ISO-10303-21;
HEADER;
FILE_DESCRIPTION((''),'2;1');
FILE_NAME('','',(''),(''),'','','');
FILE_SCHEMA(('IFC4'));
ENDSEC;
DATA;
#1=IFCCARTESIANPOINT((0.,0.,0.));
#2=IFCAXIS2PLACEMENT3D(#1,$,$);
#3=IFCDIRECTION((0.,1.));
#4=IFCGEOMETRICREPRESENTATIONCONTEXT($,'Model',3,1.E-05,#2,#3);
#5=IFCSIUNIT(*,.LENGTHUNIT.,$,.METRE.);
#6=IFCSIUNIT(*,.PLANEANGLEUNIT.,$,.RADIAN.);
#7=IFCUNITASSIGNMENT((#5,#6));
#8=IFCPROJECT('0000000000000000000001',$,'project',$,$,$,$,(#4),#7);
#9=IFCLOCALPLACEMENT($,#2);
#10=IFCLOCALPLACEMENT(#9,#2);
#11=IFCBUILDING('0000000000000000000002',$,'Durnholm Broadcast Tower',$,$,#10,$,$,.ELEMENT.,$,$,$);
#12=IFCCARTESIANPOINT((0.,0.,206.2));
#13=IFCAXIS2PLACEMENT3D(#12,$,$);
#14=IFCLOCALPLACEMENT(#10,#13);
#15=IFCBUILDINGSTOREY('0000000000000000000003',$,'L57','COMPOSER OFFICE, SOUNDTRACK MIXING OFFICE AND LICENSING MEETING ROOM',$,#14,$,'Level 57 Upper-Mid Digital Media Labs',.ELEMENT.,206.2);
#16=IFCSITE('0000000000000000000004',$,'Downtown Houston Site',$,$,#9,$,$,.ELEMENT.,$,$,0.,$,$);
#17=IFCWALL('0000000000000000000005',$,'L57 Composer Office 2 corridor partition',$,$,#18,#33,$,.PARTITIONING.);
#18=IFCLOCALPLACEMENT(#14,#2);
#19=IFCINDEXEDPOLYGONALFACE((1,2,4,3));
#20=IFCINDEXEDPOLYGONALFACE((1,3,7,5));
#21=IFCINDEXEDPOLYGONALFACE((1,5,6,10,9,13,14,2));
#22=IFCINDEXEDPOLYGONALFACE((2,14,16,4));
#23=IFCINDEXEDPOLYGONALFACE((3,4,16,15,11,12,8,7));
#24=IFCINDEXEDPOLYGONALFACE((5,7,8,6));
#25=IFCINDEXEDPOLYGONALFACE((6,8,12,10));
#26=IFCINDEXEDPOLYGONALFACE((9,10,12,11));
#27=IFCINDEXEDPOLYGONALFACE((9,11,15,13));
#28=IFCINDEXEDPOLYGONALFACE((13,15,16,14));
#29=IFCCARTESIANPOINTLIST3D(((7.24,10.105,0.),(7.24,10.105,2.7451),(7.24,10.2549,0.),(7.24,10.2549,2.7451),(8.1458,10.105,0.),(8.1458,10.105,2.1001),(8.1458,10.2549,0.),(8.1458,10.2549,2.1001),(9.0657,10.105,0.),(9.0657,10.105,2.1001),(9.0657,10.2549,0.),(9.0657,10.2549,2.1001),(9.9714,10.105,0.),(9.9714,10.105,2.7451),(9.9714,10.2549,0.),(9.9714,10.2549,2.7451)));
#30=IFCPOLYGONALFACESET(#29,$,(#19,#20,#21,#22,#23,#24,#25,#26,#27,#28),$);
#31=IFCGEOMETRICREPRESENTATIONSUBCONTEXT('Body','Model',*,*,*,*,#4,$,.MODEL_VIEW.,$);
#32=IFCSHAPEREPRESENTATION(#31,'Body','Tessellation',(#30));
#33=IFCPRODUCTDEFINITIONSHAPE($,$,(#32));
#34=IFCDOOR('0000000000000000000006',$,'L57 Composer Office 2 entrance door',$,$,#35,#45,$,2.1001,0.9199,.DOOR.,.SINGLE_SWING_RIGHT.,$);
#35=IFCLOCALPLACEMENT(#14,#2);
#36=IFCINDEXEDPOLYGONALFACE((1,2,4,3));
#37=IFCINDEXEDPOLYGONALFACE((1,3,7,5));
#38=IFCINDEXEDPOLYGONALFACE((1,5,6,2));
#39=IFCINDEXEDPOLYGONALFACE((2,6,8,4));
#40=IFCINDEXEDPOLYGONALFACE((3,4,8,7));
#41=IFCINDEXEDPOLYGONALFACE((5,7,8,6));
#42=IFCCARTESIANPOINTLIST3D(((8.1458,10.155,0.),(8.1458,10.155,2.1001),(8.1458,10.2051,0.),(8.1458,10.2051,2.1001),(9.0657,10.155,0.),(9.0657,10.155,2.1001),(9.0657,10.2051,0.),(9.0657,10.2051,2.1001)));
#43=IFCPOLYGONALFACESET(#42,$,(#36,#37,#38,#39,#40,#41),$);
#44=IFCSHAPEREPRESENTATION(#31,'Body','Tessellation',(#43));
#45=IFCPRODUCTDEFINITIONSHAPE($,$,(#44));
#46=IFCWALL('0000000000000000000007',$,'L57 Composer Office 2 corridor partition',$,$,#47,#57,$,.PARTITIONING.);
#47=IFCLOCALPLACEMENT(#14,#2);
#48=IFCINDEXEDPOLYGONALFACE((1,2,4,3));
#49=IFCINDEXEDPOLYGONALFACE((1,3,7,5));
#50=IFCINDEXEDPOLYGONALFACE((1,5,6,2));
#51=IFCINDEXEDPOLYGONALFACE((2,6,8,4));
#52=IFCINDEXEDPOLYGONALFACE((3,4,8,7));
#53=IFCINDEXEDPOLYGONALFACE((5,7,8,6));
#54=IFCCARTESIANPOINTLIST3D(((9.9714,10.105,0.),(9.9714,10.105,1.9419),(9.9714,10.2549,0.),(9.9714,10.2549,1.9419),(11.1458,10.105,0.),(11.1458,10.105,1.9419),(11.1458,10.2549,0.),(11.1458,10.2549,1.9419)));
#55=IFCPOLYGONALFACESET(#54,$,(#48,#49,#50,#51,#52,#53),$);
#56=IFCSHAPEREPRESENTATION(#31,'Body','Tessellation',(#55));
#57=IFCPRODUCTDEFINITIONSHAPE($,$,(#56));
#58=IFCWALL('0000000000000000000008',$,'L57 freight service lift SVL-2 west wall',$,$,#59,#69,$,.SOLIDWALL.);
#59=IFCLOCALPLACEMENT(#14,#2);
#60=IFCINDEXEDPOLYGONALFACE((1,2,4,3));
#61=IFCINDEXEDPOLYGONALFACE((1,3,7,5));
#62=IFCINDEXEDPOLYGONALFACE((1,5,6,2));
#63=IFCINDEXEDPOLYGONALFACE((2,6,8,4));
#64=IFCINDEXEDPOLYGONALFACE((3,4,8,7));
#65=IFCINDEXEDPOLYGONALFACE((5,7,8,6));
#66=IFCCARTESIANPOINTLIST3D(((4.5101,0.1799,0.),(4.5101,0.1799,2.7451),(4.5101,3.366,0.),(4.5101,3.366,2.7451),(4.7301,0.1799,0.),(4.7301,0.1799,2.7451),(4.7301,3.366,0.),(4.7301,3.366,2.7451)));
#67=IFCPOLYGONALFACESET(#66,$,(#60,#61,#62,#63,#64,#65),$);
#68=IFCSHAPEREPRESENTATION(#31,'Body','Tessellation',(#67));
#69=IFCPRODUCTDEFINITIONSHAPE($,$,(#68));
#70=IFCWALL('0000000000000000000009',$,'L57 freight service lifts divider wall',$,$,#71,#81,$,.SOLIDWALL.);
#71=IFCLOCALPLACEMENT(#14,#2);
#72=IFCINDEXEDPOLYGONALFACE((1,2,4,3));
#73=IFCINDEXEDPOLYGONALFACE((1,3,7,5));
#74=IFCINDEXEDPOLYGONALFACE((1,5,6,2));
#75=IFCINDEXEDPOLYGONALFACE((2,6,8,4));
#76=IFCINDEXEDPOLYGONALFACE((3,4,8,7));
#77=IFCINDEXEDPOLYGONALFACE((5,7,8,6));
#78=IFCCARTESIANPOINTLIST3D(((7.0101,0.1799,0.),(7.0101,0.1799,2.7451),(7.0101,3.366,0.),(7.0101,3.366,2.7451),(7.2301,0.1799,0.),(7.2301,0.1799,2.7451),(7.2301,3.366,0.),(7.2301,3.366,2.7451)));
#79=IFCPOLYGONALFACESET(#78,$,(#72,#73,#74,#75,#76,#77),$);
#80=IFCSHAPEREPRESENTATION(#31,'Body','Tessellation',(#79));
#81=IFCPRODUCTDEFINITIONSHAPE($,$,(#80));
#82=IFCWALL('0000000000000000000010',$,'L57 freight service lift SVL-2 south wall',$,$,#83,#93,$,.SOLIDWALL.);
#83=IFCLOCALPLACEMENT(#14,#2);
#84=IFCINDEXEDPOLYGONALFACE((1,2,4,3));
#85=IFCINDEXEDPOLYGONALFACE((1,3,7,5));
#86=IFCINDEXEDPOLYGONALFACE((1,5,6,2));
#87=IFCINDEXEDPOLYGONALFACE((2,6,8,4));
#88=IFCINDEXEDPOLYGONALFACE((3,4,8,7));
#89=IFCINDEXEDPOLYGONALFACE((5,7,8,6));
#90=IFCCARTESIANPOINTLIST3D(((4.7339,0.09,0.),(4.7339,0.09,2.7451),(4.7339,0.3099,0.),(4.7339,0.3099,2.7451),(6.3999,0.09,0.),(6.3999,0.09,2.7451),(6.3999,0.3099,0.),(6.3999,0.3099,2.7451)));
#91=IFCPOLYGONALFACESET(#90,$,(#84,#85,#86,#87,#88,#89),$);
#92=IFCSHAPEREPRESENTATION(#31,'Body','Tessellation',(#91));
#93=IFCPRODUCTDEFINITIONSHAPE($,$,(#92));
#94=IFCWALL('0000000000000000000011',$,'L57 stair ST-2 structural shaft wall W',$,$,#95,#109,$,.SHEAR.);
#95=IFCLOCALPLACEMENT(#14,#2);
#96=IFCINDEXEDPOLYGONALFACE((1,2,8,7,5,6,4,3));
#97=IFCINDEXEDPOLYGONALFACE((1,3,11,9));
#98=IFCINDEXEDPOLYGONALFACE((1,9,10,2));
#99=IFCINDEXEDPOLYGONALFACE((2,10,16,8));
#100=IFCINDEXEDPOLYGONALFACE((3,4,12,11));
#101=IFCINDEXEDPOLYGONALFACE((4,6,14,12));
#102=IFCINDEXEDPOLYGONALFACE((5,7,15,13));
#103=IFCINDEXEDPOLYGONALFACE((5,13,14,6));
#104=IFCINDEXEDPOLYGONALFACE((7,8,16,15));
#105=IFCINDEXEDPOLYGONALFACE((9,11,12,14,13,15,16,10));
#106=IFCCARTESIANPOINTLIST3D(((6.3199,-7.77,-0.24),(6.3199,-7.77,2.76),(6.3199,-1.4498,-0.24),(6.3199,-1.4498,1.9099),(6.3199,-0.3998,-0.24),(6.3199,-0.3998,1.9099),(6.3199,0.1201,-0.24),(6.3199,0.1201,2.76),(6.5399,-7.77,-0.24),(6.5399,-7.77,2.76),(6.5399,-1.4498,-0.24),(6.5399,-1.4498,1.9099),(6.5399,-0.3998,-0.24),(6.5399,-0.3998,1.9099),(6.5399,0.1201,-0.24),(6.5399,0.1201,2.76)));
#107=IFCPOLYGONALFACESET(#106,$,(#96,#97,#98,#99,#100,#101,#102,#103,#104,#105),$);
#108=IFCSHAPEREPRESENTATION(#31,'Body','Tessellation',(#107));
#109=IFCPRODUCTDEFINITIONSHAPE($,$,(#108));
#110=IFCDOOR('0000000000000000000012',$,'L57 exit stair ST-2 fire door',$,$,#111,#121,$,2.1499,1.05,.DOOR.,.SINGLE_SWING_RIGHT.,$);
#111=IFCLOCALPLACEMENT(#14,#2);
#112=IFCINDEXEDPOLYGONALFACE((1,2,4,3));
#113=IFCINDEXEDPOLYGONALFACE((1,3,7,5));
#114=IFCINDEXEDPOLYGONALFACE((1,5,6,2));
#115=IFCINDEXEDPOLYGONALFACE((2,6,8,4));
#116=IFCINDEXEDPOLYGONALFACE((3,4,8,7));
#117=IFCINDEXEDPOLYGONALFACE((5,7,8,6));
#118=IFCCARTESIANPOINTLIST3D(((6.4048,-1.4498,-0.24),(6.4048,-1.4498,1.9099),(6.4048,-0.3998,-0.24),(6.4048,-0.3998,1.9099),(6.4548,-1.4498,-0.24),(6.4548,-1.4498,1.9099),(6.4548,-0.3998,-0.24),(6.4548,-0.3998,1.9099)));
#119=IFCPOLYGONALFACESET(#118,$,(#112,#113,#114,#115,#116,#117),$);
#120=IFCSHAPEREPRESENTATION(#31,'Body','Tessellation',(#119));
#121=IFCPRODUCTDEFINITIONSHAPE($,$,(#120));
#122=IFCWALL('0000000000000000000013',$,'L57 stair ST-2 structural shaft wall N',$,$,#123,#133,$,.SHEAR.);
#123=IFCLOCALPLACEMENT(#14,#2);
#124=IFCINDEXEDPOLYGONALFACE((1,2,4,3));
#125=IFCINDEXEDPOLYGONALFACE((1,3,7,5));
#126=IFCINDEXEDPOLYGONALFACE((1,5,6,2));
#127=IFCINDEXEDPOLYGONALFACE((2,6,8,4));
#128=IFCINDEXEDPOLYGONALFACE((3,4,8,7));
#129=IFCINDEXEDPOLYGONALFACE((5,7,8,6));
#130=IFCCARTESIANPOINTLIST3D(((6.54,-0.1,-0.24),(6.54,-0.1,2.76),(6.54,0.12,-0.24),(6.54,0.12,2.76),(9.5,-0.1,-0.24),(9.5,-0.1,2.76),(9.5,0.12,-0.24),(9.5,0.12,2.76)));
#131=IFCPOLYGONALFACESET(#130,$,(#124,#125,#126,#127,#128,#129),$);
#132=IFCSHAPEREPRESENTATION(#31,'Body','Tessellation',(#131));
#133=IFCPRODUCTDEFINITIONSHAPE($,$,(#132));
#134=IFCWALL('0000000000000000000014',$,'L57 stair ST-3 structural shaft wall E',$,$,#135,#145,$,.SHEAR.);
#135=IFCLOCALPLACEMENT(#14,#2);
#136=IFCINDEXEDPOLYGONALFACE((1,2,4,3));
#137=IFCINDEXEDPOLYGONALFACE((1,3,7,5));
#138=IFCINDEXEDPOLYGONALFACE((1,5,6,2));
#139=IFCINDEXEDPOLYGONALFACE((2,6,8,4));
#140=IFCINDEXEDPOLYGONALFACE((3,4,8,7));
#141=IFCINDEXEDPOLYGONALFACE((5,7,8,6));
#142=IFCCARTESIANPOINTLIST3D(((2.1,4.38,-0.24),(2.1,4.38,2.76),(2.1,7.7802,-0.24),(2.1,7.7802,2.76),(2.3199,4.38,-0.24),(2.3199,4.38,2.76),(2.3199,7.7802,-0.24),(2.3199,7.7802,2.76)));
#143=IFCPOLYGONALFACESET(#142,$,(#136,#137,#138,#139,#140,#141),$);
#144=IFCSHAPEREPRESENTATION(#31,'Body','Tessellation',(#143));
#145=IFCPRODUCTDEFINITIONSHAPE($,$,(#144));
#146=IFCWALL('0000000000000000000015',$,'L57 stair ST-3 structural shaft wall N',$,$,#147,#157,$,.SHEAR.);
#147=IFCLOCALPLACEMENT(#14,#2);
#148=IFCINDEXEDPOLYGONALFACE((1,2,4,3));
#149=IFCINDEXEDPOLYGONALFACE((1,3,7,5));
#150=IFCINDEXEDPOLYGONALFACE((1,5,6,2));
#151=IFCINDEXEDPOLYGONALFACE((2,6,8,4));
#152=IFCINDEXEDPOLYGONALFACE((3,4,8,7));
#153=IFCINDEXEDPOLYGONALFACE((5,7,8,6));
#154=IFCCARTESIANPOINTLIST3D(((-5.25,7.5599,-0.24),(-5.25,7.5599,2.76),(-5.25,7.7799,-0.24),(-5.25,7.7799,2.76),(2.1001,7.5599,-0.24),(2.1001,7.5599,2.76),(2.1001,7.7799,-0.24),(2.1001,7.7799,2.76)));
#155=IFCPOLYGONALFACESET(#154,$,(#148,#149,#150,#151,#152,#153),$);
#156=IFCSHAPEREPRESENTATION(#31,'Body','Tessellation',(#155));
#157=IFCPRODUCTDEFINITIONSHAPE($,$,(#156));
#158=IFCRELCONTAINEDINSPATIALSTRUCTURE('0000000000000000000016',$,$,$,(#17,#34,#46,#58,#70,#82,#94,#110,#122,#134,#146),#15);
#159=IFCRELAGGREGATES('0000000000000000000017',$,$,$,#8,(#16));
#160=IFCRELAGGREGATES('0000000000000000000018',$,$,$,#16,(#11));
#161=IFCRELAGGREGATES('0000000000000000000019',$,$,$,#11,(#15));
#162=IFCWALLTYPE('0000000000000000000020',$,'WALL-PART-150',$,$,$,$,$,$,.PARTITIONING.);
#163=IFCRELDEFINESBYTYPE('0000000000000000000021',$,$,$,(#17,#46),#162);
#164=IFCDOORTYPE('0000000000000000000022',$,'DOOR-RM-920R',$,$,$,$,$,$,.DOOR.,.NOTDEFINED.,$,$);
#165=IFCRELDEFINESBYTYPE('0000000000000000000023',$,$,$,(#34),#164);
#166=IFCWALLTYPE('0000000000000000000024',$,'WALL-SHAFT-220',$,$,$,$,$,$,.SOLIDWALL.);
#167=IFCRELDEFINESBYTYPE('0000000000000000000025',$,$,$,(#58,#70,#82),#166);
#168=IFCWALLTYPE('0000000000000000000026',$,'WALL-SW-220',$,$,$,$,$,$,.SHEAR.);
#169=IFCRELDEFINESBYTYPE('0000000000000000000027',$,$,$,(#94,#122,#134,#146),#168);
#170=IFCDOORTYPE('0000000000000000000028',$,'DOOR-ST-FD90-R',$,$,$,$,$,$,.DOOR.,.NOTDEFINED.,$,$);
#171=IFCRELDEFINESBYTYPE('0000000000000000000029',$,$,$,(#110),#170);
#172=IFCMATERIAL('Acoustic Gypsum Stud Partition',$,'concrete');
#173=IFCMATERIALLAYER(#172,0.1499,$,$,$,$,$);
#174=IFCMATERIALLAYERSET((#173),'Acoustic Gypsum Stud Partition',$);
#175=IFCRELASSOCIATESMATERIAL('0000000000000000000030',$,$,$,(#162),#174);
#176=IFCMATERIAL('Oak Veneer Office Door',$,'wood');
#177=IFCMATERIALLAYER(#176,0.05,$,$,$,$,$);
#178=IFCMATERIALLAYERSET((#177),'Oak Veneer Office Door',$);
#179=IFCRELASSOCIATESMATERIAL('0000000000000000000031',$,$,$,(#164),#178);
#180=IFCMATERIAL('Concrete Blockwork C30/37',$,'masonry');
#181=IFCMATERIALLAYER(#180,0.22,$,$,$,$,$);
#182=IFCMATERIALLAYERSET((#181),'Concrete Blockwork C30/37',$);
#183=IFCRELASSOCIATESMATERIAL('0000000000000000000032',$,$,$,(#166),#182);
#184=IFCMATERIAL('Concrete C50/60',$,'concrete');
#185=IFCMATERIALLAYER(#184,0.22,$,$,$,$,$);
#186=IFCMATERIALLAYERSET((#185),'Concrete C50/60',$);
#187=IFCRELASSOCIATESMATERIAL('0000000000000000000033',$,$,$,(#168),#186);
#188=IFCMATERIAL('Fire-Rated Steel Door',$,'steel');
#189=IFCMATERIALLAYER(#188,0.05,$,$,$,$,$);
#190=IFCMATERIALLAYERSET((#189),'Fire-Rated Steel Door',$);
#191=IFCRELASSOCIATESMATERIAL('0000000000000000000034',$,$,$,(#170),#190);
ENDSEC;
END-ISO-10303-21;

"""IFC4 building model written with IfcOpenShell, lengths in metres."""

from ifc_helpers import new_model, si_unit, direction, frame, frame_2d, origin, place, context, subcontext, project, spatial, rectangle, extrude, source, transform, mapped, material, layer, layer_set, type_object, type_shapes, element, fill, save


model = new_model("IFC4")

# Units and contexts
model_context = context("Model", 3, precision=1e-05, world=origin(), true_north=direction((0.0, 1.0)))
body_context = subcontext(model_context, "Body", "Model", "MODEL_VIEW")
ifc_project = project(units=[si_unit("LENGTHUNIT", "METRE"), si_unit("PLANEANGLEUNIT", "RADIAN")], contexts=[model_context])

# Site, building, storey
site_placement = place(None, origin())
site = spatial("IfcSite", under=ifc_project, at=site_placement, Name="Downtown Houston Site", CompositionType="ELEMENT", RefElevation=0.0)
building_placement = place(site_placement, origin())
building = spatial("IfcBuilding", under=site, at=building_placement, Name="Durnholm Broadcast Tower", CompositionType="ELEMENT")
storey_placement = place(building_placement, frame((0.0, 0.0, 206.2)))
storey = spatial("IfcBuildingStorey", under=building, at=storey_placement, Name="L57", Description="COMPOSER OFFICE, SOUNDTRACK MIXING OFFICE AND LICENSING MEETING ROOM", LongName="Level 57 Upper-Mid Digital Media Labs", CompositionType="ELEMENT", Elevation=206.2)

# Shared definitions
ifc_material_1 = material(Name="Acoustic Gypsum Stud Partition", Category="concrete")
ifc_layer_1 = layer(ifc_material_1, 0.1499)
ifc_layer_set_1 = layer_set([ifc_layer_1], Name="Acoustic Gypsum Stud Partition")
wall_type_1 = type_object("IfcWallType", Name="WALL-PART-150", PredefinedType="PARTITIONING", material=ifc_layer_set_1)

# Wall, opening, door
wall_1_placement = place(storey_placement, frame((9.9714, 10.1799, 0.0), z_axis=(0.0, 0.0, 1.0), x_axis=(-1.0, 0.0, 0.0)))
wall_1 = element("IfcWall", 1, at=wall_1_placement, inside=storey, type_object=wall_type_1, Name="L57 Composer Office 2 corridor partition", PredefinedType="PARTITIONING", context=body_context, shape_type="SweptSolid", body=[
    extrude(rectangle(XDim=2.7314, YDim=0.1499, at=frame_2d((1.3657, 0.0))), origin(), (0.0, 0.0, 1.0), 2.7451),
])
opening_1_placement = place(wall_1_placement, frame((0.9058, 0.0, 0.0)))
opening_1 = element("IfcOpeningElement", 2, at=opening_1_placement, cuts=wall_1, PredefinedType="OPENING", context=body_context, shape_type="SweptSolid", body=[
    extrude(rectangle(XDim=0.9199, YDim=2.1001, at=frame_2d((0.46, 1.05))), frame((0.0, 0.085, 0.0), z_axis=(0.0, -1.0, 0.0), x_axis=(1.0, 0.0, 0.0)), (0.0, 0.0, 1.0), 0.1699),
])
ifc_material_2 = material(Name="Oak Veneer Office Door", Category="wood")
ifc_layer_2 = layer(ifc_material_2, 0.05)
ifc_layer_set_2 = layer_set([ifc_layer_2], Name="Oak Veneer Office Door")
door_type_1 = type_object("IfcDoorType", Name="DOOR-RM-920R", OperationType="NOTDEFINED", PredefinedType="DOOR", material=ifc_layer_set_2)
shared_shape_1 = source(origin(), body_context, "Body", "SweptSolid", [
    extrude(rectangle(XDim=0.9199, YDim=2.1001, at=frame_2d((0.46, 1.05))), frame((0.0, 0.0249, 0.0), z_axis=(0.0, -1.0, 0.0), x_axis=(1.0, 0.0, 0.0)), (0.0, 0.0, 1.0), 0.05),
])
type_shapes(door_type_1, [shared_shape_1])
door_1_placement = place(opening_1_placement, origin())
door_1 = element("IfcDoor", 3, at=door_1_placement, inside=storey, type_object=door_type_1, Name="L57 Composer Office 2 entrance door", OperationType="SINGLE_SWING_RIGHT", OverallHeight=2.1001, OverallWidth=0.9199, PredefinedType="DOOR", context=body_context, shape_type="MappedRepresentation", body=[
    mapped(shared_shape_1, transform((0.0, 0.0, 0.0), x_axis=(1.0, 0.0, 0.0), y_axis=(0.0, 1.0, 0.0), z_axis=(0.0, 0.0, 1.0), scale=1.0)),
])
fill(opening_1, door_1)

# Wall
wall_2_placement = place(storey_placement, frame((11.1458, 10.1799, 0.0), z_axis=(0.0, 0.0, 1.0), x_axis=(-1.0, 0.0, 0.0)))
element("IfcWall", 4, at=wall_2_placement, inside=storey, type_object=wall_type_1, Name="L57 Composer Office 2 corridor partition", PredefinedType="PARTITIONING", context=body_context, shape_type="SweptSolid", body=[
    extrude(rectangle(XDim=1.1743, YDim=0.1499, at=frame_2d((0.5872, 0.0))), origin(), (0.0, 0.0, 1.0), 1.9419),
])

# Shared definitions
ifc_material_3 = material(Name="Concrete Blockwork C30/37", Category="masonry")
ifc_layer_3 = layer(ifc_material_3, 0.22)
ifc_layer_set_3 = layer_set([ifc_layer_3], Name="Concrete Blockwork C30/37")
wall_type_2 = type_object("IfcWallType", Name="WALL-SHAFT-220", PredefinedType="SOLIDWALL", material=ifc_layer_set_3)

# Walls
for number, where, z_axis, x_axis, name in (
    (5, (4.6201, 0.1799, 0.0), (0.0, 0.0, 1.0), (0.0, 1.0, 0.0), "L57 freight service lift SVL-2 west wall"),
    (6, (7.1201, 0.1799, 0.0), (0.0, 0.0, 1.0), (0.0, 1.0, 0.0), "L57 freight service lifts divider wall"),
):
    element("IfcWall", number, at=place(storey_placement, frame(where, z_axis=z_axis, x_axis=x_axis)), inside=storey, type_object=wall_type_2, Name=name, PredefinedType="SOLIDWALL", context=body_context, shape_type="SweptSolid", body=[
        extrude(rectangle(XDim=3.186, YDim=0.22, at=frame_2d((1.593, 0.0))), origin(), (0.0, 0.0, 1.0), 2.7451),
    ])
wall_3_placement = place(storey_placement, frame((4.7339, 0.2, 0.0), z_axis=(0.0, 0.0, 1.0), x_axis=(1.0, 0.0, 0.0)))
element("IfcWall", 7, at=wall_3_placement, inside=storey, type_object=wall_type_2, Name="L57 freight service lift SVL-2 south wall", PredefinedType="SOLIDWALL", context=body_context, shape_type="SweptSolid", body=[
    extrude(rectangle(XDim=1.666, YDim=0.22, at=frame_2d((0.833, 0.0))), origin(), (0.0, 0.0, 1.0), 2.7451),
])

# Wall, opening, door
ifc_material_4 = material(Name="Concrete C50/60", Category="concrete")
ifc_layer_4 = layer(ifc_material_4, 0.22)
ifc_layer_set_4 = layer_set([ifc_layer_4], Name="Concrete C50/60")
wall_type_3 = type_object("IfcWallType", Name="WALL-SW-220", PredefinedType="SHEAR", material=ifc_layer_set_4)
wall_4_placement = place(storey_placement, frame((6.4299, 0.1201, -0.24), z_axis=(0.0, 0.0, 1.0), x_axis=(0.0, -1.0, 0.0)))
wall_4 = element("IfcWall", 8, at=wall_4_placement, inside=storey, type_object=wall_type_3, Name="L57 stair ST-2 structural shaft wall W", PredefinedType="SHEAR", context=body_context, shape_type="SweptSolid", body=[
    extrude(rectangle(XDim=7.8901, YDim=0.22, at=frame_2d((3.9451, 0.0))), origin(), (0.0, 0.0, 1.0), 3.0),
])
opening_2_placement = place(wall_4_placement, frame((0.52, 0.0, 0.0)))
opening_2 = element("IfcOpeningElement", 9, at=opening_2_placement, cuts=wall_4, PredefinedType="OPENING", context=body_context, shape_type="SweptSolid", body=[
    extrude(rectangle(XDim=1.05, YDim=2.1499, at=frame_2d((0.5249, 1.075))), frame((0.0, 0.1201, 0.0), z_axis=(0.0, -1.0, 0.0), x_axis=(1.0, 0.0, 0.0)), (0.0, 0.0, 1.0), 0.24),
])
ifc_material_5 = material(Name="Fire-Rated Steel Door", Category="steel")
ifc_layer_5 = layer(ifc_material_5, 0.05)
ifc_layer_set_5 = layer_set([ifc_layer_5], Name="Fire-Rated Steel Door")
door_type_2 = type_object("IfcDoorType", Name="DOOR-ST-FD90-R", OperationType="NOTDEFINED", PredefinedType="DOOR", material=ifc_layer_set_5)
shared_shape_2 = source(origin(), body_context, "Body", "SweptSolid", [
    extrude(rectangle(XDim=1.05, YDim=2.1499, at=frame_2d((0.5249, 1.075))), frame((0.0, 0.0249, 0.0), z_axis=(0.0, -1.0, 0.0), x_axis=(1.0, 0.0, 0.0)), (0.0, 0.0, 1.0), 0.05),
])
type_shapes(door_type_2, [shared_shape_2])
door_2_placement = place(opening_2_placement, origin())
door_2 = element("IfcDoor", 10, at=door_2_placement, inside=storey, type_object=door_type_2, Name="L57 exit stair ST-2 fire door", OperationType="SINGLE_SWING_RIGHT", OverallHeight=2.1499, OverallWidth=1.05, PredefinedType="DOOR", context=body_context, shape_type="MappedRepresentation", body=[
    mapped(shared_shape_2, transform((0.0, 0.0, 0.0), x_axis=(1.0, 0.0, 0.0), y_axis=(0.0, 1.0, 0.0), z_axis=(0.0, 0.0, 1.0), scale=1.0)),
])
fill(opening_2, door_2)

# Walls
wall_5_placement = place(storey_placement, frame((9.5, 0.01, -0.24), z_axis=(0.0, 0.0, 1.0), x_axis=(-1.0, 0.0, 0.0)))
element("IfcWall", 11, at=wall_5_placement, inside=storey, type_object=wall_type_3, Name="L57 stair ST-2 structural shaft wall N", PredefinedType="SHEAR", context=body_context, shape_type="SweptSolid", body=[
    extrude(rectangle(XDim=2.96, YDim=0.22, at=frame_2d((1.48, 0.0))), origin(), (0.0, 0.0, 1.0), 3.0),
])
wall_6_placement = place(storey_placement, frame((2.21, 4.3799, -0.24), z_axis=(0.0, 0.0, 1.0), x_axis=(0.0, 1.0, 0.0)))
element("IfcWall", 12, at=wall_6_placement, inside=storey, type_object=wall_type_3, Name="L57 stair ST-3 structural shaft wall E", PredefinedType="SHEAR", context=body_context, shape_type="SweptSolid", body=[
    extrude(rectangle(XDim=3.4001, YDim=0.22, at=frame_2d((1.7002, 0.0))), origin(), (0.0, 0.0, 1.0), 3.0),
])
wall_7_placement = place(storey_placement, frame((2.1001, 7.6699, -0.24), z_axis=(0.0, 0.0, 1.0), x_axis=(-1.0, 0.0, 0.0)))
element("IfcWall", 13, at=wall_7_placement, inside=storey, type_object=wall_type_3, Name="L57 stair ST-3 structural shaft wall N", PredefinedType="SHEAR", context=body_context, shape_type="SweptSolid", body=[
    extrude(rectangle(XDim=7.3501, YDim=0.22, at=frame_2d((3.675, 0.0))), origin(), (0.0, 0.0, 1.0), 3.0),
])

save(model, "model.ifc")
